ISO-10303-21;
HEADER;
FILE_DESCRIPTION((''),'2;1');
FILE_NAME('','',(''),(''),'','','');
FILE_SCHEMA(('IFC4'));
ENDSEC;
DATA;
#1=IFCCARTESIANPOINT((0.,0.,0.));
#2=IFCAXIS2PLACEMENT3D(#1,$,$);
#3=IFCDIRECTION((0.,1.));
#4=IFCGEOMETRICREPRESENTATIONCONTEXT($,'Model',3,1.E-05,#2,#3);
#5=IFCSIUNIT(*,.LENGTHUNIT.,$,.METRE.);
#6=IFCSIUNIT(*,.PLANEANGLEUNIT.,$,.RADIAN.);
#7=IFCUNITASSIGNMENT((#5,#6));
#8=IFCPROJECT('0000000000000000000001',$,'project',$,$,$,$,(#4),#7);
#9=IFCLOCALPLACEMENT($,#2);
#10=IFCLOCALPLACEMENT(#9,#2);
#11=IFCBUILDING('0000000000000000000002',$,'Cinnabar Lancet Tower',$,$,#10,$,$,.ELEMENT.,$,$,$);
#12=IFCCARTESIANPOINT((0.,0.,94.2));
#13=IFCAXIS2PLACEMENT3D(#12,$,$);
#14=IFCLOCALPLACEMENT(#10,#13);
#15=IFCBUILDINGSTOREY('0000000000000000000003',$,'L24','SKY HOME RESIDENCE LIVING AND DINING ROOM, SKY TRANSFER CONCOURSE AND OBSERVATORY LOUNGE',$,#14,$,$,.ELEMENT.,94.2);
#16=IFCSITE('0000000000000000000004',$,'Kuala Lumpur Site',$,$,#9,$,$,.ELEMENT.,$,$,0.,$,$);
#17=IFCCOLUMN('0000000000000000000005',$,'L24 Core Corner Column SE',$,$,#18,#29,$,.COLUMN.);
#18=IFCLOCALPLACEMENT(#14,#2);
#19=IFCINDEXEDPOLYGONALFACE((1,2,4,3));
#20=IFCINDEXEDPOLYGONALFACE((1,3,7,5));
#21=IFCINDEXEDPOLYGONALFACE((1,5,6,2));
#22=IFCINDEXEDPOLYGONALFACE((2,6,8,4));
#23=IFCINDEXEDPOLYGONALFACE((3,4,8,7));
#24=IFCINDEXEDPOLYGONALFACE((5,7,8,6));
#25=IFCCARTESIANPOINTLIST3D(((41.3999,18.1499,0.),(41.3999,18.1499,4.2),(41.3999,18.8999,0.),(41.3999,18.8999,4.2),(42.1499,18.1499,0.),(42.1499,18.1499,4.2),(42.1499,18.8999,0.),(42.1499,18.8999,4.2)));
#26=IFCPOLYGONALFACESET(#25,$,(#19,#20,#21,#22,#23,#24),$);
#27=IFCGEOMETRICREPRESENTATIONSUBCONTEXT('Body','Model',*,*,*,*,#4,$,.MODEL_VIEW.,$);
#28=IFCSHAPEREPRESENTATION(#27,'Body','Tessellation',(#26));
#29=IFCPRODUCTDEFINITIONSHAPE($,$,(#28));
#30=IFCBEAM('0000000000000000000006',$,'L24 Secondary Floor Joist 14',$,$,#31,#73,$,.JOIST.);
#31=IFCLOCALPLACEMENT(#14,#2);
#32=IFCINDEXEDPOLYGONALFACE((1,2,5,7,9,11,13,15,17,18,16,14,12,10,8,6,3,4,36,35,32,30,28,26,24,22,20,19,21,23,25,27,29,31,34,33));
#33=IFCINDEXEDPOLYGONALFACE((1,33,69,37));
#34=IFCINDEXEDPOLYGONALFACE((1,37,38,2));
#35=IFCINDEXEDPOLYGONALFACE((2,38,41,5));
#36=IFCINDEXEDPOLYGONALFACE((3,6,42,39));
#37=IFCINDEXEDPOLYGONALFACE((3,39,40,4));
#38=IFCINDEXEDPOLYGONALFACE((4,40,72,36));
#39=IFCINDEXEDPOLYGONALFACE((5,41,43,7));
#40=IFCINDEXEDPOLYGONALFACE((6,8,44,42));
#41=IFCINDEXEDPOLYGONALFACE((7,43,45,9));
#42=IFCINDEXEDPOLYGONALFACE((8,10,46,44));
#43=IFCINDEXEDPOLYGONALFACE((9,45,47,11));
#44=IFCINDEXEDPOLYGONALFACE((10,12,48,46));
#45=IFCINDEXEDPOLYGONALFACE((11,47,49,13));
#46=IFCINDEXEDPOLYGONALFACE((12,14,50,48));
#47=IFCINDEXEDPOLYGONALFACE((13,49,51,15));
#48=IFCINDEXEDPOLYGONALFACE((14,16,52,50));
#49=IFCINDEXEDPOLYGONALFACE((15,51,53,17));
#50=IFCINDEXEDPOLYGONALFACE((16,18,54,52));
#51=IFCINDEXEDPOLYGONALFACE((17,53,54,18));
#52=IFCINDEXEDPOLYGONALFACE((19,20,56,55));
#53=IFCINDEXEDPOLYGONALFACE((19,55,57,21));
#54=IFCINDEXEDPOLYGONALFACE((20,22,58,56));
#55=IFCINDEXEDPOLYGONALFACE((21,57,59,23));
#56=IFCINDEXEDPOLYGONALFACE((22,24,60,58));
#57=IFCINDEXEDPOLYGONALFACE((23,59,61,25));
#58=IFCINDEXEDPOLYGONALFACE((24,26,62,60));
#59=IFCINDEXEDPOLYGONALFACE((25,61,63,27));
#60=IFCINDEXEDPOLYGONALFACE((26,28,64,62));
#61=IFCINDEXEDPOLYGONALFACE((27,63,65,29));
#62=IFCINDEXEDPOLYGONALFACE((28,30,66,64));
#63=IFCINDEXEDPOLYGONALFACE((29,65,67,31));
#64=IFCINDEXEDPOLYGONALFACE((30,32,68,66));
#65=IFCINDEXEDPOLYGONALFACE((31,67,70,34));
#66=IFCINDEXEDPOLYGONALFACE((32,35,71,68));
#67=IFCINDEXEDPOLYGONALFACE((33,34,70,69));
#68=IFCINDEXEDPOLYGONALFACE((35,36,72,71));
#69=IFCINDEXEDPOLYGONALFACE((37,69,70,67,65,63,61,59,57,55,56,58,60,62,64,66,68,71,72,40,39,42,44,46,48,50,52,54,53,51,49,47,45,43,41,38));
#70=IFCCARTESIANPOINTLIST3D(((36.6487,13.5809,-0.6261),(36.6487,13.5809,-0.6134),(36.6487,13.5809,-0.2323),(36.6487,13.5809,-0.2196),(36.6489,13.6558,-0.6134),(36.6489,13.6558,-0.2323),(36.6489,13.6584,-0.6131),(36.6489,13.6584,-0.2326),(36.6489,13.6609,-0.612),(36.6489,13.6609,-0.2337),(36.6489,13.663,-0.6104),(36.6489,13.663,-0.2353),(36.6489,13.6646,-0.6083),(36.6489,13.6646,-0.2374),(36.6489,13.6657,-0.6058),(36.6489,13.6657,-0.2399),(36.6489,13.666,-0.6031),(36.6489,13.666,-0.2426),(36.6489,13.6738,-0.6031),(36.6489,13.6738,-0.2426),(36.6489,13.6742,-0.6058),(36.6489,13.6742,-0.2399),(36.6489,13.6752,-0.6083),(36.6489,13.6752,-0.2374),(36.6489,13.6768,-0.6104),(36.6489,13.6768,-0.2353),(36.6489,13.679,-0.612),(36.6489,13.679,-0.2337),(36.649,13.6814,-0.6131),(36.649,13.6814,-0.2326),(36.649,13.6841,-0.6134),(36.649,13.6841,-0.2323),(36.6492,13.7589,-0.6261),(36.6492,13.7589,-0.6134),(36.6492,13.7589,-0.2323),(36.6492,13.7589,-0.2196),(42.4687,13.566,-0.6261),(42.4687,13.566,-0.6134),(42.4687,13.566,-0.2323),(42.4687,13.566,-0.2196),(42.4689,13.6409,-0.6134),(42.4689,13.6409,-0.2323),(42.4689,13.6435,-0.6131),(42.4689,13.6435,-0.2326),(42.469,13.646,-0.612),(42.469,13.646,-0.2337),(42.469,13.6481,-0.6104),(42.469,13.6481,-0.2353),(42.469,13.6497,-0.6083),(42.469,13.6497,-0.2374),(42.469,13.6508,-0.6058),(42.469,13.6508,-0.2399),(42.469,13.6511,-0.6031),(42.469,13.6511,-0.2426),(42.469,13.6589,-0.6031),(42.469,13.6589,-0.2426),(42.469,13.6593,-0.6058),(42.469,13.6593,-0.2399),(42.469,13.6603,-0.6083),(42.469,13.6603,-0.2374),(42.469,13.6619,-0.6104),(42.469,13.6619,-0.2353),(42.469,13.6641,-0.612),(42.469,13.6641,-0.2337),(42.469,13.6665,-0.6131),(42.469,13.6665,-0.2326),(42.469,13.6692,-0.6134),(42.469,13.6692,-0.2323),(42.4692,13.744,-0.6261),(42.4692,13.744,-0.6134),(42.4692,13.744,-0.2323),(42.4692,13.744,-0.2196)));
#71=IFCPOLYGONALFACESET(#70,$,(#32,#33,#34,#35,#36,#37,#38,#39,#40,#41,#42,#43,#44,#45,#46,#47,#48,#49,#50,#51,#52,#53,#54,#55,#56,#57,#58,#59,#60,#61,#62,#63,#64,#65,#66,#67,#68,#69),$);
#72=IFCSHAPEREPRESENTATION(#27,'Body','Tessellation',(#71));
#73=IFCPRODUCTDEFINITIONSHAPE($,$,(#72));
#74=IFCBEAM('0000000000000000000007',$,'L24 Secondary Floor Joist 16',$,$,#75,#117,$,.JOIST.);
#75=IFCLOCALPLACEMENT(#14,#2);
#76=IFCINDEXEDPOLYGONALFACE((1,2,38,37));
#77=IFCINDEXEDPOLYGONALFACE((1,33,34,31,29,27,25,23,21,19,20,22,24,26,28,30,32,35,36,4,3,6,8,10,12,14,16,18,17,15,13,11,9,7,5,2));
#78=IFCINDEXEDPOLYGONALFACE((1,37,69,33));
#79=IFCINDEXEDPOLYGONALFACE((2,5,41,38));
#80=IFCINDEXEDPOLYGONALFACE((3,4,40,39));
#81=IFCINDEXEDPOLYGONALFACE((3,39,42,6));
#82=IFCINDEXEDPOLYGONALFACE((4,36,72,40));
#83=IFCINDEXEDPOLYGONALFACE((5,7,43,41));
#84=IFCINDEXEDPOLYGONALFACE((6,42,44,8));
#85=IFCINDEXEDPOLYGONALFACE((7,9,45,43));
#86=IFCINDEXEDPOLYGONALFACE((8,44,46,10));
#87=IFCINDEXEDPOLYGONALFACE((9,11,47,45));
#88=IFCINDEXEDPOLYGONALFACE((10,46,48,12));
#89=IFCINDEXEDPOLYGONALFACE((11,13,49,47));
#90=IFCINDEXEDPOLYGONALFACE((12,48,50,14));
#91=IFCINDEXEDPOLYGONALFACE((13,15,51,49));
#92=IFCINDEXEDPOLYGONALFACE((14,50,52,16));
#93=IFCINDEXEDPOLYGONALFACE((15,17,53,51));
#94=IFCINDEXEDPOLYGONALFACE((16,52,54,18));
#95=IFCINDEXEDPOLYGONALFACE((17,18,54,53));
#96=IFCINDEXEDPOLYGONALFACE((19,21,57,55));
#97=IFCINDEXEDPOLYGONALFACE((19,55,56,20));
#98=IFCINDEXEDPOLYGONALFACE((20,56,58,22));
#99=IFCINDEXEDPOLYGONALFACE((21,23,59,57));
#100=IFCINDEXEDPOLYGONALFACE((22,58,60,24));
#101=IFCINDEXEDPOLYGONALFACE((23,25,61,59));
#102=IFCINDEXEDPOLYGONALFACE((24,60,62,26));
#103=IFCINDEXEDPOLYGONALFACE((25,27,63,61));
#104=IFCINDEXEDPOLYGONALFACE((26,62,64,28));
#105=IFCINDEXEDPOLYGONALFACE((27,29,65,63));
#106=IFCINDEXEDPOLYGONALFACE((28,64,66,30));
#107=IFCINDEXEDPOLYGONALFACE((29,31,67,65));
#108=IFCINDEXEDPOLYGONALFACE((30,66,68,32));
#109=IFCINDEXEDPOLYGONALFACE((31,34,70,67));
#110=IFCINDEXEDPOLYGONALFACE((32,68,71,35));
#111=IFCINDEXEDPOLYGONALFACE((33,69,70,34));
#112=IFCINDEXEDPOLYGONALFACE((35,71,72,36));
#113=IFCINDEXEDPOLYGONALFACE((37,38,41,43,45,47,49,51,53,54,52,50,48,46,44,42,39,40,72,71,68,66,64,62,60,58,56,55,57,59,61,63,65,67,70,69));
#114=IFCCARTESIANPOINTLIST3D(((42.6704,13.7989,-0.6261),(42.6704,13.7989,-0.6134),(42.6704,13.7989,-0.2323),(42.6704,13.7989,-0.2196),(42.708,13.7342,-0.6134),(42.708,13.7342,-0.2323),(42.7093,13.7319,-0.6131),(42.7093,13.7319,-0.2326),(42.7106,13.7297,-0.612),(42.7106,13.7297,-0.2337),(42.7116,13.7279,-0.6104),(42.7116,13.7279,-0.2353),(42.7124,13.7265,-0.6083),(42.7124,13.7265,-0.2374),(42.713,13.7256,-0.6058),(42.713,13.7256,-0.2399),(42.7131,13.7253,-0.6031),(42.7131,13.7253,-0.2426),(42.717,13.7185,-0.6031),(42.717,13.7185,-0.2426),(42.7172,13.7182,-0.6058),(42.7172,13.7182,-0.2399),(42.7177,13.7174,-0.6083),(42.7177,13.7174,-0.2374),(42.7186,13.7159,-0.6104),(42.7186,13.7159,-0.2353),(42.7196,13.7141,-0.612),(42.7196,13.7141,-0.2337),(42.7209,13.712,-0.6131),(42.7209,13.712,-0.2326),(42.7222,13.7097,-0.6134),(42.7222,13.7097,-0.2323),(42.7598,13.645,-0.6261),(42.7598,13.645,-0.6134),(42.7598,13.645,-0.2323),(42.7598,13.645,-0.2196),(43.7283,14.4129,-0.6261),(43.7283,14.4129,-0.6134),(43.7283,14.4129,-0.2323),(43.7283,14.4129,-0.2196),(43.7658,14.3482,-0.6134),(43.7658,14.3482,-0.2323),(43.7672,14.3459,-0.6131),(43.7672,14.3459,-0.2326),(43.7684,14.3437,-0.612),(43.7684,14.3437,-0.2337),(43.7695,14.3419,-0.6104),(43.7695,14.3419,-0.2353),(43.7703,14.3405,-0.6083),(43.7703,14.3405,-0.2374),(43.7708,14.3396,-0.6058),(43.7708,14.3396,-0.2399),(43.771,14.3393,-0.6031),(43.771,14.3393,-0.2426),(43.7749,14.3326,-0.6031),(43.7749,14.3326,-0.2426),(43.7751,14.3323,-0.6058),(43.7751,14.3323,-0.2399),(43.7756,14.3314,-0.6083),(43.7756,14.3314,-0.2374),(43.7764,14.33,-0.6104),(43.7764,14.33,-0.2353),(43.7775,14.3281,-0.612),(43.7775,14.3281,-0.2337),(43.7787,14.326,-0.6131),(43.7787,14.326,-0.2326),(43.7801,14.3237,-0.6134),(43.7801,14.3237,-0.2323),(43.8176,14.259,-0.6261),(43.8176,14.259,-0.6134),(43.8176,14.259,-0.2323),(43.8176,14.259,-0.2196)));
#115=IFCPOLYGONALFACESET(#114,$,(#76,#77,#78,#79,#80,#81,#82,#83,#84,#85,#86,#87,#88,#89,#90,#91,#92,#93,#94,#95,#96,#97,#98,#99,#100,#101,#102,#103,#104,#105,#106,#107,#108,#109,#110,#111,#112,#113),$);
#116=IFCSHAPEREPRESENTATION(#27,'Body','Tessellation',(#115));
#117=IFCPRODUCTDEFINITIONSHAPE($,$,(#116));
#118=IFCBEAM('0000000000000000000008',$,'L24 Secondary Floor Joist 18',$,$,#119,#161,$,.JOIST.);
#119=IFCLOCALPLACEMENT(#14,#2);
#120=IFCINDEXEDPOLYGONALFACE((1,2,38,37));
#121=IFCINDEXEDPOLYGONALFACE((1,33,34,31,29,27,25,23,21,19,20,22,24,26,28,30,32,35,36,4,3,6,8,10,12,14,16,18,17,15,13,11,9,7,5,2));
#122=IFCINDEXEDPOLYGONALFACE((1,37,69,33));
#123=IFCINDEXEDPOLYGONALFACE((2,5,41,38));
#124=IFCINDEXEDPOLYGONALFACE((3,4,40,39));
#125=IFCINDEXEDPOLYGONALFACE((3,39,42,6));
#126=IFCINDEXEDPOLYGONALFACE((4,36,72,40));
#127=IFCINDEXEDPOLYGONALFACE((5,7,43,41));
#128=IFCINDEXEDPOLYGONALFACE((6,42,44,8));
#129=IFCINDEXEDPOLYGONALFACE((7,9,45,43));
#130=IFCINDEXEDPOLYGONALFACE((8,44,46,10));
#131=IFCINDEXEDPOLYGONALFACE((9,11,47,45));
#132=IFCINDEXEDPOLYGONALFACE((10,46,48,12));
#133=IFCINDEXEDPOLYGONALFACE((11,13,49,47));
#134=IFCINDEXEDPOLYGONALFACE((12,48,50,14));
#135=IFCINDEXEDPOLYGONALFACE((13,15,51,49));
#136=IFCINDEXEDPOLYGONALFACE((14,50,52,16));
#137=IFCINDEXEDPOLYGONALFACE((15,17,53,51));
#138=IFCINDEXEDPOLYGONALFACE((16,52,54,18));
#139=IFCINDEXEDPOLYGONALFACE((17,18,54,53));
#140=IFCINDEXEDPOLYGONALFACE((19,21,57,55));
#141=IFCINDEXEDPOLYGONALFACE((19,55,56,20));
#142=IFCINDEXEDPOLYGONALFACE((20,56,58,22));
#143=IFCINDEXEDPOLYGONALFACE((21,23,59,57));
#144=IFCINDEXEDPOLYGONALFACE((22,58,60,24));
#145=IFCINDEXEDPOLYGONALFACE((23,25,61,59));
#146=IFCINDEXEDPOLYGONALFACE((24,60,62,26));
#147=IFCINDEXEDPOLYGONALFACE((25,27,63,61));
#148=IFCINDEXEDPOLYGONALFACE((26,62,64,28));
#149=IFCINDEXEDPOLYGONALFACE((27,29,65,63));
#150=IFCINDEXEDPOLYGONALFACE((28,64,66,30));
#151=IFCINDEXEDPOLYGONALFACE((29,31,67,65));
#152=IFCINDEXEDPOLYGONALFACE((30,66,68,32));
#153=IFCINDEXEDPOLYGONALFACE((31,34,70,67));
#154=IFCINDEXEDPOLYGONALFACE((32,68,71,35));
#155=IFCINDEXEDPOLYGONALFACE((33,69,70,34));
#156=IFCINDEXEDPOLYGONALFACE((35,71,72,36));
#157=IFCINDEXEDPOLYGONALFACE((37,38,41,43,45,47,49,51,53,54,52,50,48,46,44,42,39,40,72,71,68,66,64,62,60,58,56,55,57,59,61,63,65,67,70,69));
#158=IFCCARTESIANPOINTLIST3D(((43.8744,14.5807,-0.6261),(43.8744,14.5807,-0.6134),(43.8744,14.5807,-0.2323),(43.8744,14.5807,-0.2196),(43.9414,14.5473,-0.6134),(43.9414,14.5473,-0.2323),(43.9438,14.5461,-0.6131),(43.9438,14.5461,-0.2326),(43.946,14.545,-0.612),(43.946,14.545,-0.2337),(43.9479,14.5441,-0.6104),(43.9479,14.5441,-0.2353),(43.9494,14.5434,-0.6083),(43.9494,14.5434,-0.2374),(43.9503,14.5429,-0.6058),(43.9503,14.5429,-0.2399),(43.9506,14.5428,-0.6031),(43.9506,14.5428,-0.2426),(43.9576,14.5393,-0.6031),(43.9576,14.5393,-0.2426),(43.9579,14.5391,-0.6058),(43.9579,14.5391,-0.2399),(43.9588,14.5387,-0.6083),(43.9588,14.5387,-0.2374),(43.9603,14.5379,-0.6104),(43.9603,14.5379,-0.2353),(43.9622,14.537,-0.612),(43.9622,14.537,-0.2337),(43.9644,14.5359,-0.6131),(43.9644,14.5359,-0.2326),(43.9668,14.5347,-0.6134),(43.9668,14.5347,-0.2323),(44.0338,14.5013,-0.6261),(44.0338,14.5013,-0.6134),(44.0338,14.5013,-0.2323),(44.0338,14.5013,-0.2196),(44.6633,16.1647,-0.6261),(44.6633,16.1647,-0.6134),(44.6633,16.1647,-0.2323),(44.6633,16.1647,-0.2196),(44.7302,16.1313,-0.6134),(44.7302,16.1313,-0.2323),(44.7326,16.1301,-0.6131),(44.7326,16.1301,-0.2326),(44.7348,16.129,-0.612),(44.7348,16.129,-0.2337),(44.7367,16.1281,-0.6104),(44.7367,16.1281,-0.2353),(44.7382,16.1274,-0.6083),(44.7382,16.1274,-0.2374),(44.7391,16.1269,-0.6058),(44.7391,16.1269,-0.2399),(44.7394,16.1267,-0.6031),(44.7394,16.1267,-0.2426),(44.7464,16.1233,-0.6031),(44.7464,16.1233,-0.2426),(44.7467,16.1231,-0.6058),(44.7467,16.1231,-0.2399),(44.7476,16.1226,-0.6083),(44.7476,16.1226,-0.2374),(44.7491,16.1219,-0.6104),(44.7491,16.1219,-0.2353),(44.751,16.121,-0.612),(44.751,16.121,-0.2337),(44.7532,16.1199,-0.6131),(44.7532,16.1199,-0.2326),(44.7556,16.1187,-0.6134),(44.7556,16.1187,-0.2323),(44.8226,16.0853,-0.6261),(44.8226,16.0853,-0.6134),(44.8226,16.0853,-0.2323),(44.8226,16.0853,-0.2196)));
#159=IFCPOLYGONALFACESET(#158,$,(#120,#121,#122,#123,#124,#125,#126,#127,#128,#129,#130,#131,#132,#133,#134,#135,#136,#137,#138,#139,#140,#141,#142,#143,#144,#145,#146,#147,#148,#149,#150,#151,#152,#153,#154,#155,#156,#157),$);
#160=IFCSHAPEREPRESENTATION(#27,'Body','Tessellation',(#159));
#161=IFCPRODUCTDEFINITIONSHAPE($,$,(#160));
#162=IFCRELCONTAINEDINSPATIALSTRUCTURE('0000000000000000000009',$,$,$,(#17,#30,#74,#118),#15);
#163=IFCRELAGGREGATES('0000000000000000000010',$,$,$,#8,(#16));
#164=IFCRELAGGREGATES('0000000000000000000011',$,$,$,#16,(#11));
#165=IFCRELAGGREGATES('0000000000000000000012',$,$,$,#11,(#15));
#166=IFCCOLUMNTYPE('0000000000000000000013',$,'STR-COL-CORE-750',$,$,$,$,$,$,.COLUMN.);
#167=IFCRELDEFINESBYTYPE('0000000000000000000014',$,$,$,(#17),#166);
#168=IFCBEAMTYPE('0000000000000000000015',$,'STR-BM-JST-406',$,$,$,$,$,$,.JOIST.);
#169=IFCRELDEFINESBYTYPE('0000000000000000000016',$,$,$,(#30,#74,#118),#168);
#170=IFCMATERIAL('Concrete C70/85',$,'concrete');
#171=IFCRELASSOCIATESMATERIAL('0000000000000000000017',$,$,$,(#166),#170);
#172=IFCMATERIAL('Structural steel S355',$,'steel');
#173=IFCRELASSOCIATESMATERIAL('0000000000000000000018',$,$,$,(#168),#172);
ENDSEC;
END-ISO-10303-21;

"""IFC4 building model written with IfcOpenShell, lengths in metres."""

from ifc_helpers import new_model, si_unit, direction, frame, origin, origin_2d, place, context, subcontext, project, spatial, rectangle, i_section, extrude, material, material_profile, profile_set, type_object, element, save


model = new_model("IFC4")

# Units and contexts
model_context = context("Model", 3, precision=1e-05, world=origin(), true_north=direction((0.0, 1.0)))
body_context = subcontext(model_context, "Body", "Model", "MODEL_VIEW")
ifc_project = project(units=[si_unit("LENGTHUNIT", "METRE"), si_unit("PLANEANGLEUNIT", "RADIAN")], contexts=[model_context])

# Site, building, storey
site_placement = place(None, origin())
site = spatial("IfcSite", under=ifc_project, at=site_placement, Name="Kuala Lumpur Site", CompositionType="ELEMENT", RefElevation=0.0)
building_placement = place(site_placement, origin())
building = spatial("IfcBuilding", under=site, at=building_placement, Name="Cinnabar Lancet Tower", CompositionType="ELEMENT")
storey_placement = place(building_placement, frame((0.0, 0.0, 94.2)))
storey = spatial("IfcBuildingStorey", under=building, at=storey_placement, Name="L24", Description="SKY HOME RESIDENCE LIVING AND DINING ROOM, SKY TRANSFER CONCOURSE AND OBSERVATORY LOUNGE", CompositionType="ELEMENT", Elevation=94.2)

# Column
ifc_material_1 = material(Name="Concrete C70/85", Category="concrete")
ifc_material_profile_1 = material_profile(ifc_material_1, rectangle(XDim=0.75, YDim=0.75, at=origin_2d()), Name="RC-COL 750x750")
ifc_profile_set_1 = profile_set([ifc_material_profile_1], Name="Concrete C70/85")
column_type = type_object("IfcColumnType", Name="STR-COL-CORE-750", PredefinedType="COLUMN", material=ifc_profile_set_1)
column_placement = place(storey_placement, frame((41.7749, 18.5249, 0.0), z_axis=(0.0, 0.0, 1.0), x_axis=(1.0, 0.0, 0.0)))
element("IfcColumn", 1, at=column_placement, inside=storey, type_object=column_type, Name="L24 Core Corner Column SE", PredefinedType="COLUMN", context=body_context, shape_type="SweptSolid", body=[
    extrude(rectangle(XDim=0.75, YDim=0.75, at=origin_2d()), origin(), (0.0, 0.0, 1.0), 4.2),
])

# Beams
ifc_material_2 = material(Name="Structural steel S355", Category="steel")
ifc_material_profile_2 = material_profile(ifc_material_2, i_section(OverallWidth=0.178, OverallDepth=0.4065, WebThickness=0.0078, FlangeThickness=0.0127, FilletRadius=0.0103, at=origin_2d()), Name="UKB 406x178x60")
ifc_profile_set_2 = profile_set([ifc_material_profile_2], Name="Structural steel S355")
beam_type_1 = type_object("IfcBeamType", Name="STR-BM-JST-406", PredefinedType="JOIST", material=ifc_profile_set_2)
beam_1_placement = place(storey_placement, frame((36.6489, 13.6699, -0.4229), z_axis=(0.999997, -0.002559, 0.0), x_axis=(0.002559, 0.999997, 0.0)))
element("IfcBeam", 2, at=beam_1_placement, inside=storey, type_object=beam_type_1, Name="L24 Secondary Floor Joist 14", PredefinedType="JOIST", context=body_context, shape_type="SweptSolid", body=[
    extrude(i_section(OverallWidth=0.178, OverallDepth=0.4065, WebThickness=0.0078, FlangeThickness=0.0127, FilletRadius=0.0103, at=origin_2d()), origin(), (0.0, 0.0, 1.0), 5.8201),
])
beam_2_placement = place(storey_placement, frame((42.7151, 13.7219, -0.4229), z_axis=(0.86487, 0.501996, 0.0), x_axis=(-0.501996, 0.86487, 0.0)))
element("IfcBeam", 3, at=beam_2_placement, inside=storey, type_object=beam_type_1, Name="L24 Secondary Floor Joist 16", PredefinedType="JOIST", context=body_context, shape_type="SweptSolid", body=[
    extrude(i_section(OverallWidth=0.178, OverallDepth=0.4065, WebThickness=0.0078, FlangeThickness=0.0127, FilletRadius=0.0103, at=origin_2d()), origin(), (0.0, 0.0, 1.0), 1.2231),
])
beam_3_placement = place(storey_placement, frame((43.9541, 14.541, -0.4229), z_axis=(0.445778, 0.895143, 0.0), x_axis=(-0.895143, 0.445778, 0.0)))
element("IfcBeam", 4, at=beam_3_placement, inside=storey, type_object=beam_type_1, Name="L24 Secondary Floor Joist 18", PredefinedType="JOIST", context=body_context, shape_type="SweptSolid", body=[
    extrude(i_section(OverallWidth=0.178, OverallDepth=0.4065, WebThickness=0.0078, FlangeThickness=0.0127, FilletRadius=0.0103, at=origin_2d()), origin(), (0.0, 0.0, 1.0), 1.7695),
])

save(model, "model.ifc")
